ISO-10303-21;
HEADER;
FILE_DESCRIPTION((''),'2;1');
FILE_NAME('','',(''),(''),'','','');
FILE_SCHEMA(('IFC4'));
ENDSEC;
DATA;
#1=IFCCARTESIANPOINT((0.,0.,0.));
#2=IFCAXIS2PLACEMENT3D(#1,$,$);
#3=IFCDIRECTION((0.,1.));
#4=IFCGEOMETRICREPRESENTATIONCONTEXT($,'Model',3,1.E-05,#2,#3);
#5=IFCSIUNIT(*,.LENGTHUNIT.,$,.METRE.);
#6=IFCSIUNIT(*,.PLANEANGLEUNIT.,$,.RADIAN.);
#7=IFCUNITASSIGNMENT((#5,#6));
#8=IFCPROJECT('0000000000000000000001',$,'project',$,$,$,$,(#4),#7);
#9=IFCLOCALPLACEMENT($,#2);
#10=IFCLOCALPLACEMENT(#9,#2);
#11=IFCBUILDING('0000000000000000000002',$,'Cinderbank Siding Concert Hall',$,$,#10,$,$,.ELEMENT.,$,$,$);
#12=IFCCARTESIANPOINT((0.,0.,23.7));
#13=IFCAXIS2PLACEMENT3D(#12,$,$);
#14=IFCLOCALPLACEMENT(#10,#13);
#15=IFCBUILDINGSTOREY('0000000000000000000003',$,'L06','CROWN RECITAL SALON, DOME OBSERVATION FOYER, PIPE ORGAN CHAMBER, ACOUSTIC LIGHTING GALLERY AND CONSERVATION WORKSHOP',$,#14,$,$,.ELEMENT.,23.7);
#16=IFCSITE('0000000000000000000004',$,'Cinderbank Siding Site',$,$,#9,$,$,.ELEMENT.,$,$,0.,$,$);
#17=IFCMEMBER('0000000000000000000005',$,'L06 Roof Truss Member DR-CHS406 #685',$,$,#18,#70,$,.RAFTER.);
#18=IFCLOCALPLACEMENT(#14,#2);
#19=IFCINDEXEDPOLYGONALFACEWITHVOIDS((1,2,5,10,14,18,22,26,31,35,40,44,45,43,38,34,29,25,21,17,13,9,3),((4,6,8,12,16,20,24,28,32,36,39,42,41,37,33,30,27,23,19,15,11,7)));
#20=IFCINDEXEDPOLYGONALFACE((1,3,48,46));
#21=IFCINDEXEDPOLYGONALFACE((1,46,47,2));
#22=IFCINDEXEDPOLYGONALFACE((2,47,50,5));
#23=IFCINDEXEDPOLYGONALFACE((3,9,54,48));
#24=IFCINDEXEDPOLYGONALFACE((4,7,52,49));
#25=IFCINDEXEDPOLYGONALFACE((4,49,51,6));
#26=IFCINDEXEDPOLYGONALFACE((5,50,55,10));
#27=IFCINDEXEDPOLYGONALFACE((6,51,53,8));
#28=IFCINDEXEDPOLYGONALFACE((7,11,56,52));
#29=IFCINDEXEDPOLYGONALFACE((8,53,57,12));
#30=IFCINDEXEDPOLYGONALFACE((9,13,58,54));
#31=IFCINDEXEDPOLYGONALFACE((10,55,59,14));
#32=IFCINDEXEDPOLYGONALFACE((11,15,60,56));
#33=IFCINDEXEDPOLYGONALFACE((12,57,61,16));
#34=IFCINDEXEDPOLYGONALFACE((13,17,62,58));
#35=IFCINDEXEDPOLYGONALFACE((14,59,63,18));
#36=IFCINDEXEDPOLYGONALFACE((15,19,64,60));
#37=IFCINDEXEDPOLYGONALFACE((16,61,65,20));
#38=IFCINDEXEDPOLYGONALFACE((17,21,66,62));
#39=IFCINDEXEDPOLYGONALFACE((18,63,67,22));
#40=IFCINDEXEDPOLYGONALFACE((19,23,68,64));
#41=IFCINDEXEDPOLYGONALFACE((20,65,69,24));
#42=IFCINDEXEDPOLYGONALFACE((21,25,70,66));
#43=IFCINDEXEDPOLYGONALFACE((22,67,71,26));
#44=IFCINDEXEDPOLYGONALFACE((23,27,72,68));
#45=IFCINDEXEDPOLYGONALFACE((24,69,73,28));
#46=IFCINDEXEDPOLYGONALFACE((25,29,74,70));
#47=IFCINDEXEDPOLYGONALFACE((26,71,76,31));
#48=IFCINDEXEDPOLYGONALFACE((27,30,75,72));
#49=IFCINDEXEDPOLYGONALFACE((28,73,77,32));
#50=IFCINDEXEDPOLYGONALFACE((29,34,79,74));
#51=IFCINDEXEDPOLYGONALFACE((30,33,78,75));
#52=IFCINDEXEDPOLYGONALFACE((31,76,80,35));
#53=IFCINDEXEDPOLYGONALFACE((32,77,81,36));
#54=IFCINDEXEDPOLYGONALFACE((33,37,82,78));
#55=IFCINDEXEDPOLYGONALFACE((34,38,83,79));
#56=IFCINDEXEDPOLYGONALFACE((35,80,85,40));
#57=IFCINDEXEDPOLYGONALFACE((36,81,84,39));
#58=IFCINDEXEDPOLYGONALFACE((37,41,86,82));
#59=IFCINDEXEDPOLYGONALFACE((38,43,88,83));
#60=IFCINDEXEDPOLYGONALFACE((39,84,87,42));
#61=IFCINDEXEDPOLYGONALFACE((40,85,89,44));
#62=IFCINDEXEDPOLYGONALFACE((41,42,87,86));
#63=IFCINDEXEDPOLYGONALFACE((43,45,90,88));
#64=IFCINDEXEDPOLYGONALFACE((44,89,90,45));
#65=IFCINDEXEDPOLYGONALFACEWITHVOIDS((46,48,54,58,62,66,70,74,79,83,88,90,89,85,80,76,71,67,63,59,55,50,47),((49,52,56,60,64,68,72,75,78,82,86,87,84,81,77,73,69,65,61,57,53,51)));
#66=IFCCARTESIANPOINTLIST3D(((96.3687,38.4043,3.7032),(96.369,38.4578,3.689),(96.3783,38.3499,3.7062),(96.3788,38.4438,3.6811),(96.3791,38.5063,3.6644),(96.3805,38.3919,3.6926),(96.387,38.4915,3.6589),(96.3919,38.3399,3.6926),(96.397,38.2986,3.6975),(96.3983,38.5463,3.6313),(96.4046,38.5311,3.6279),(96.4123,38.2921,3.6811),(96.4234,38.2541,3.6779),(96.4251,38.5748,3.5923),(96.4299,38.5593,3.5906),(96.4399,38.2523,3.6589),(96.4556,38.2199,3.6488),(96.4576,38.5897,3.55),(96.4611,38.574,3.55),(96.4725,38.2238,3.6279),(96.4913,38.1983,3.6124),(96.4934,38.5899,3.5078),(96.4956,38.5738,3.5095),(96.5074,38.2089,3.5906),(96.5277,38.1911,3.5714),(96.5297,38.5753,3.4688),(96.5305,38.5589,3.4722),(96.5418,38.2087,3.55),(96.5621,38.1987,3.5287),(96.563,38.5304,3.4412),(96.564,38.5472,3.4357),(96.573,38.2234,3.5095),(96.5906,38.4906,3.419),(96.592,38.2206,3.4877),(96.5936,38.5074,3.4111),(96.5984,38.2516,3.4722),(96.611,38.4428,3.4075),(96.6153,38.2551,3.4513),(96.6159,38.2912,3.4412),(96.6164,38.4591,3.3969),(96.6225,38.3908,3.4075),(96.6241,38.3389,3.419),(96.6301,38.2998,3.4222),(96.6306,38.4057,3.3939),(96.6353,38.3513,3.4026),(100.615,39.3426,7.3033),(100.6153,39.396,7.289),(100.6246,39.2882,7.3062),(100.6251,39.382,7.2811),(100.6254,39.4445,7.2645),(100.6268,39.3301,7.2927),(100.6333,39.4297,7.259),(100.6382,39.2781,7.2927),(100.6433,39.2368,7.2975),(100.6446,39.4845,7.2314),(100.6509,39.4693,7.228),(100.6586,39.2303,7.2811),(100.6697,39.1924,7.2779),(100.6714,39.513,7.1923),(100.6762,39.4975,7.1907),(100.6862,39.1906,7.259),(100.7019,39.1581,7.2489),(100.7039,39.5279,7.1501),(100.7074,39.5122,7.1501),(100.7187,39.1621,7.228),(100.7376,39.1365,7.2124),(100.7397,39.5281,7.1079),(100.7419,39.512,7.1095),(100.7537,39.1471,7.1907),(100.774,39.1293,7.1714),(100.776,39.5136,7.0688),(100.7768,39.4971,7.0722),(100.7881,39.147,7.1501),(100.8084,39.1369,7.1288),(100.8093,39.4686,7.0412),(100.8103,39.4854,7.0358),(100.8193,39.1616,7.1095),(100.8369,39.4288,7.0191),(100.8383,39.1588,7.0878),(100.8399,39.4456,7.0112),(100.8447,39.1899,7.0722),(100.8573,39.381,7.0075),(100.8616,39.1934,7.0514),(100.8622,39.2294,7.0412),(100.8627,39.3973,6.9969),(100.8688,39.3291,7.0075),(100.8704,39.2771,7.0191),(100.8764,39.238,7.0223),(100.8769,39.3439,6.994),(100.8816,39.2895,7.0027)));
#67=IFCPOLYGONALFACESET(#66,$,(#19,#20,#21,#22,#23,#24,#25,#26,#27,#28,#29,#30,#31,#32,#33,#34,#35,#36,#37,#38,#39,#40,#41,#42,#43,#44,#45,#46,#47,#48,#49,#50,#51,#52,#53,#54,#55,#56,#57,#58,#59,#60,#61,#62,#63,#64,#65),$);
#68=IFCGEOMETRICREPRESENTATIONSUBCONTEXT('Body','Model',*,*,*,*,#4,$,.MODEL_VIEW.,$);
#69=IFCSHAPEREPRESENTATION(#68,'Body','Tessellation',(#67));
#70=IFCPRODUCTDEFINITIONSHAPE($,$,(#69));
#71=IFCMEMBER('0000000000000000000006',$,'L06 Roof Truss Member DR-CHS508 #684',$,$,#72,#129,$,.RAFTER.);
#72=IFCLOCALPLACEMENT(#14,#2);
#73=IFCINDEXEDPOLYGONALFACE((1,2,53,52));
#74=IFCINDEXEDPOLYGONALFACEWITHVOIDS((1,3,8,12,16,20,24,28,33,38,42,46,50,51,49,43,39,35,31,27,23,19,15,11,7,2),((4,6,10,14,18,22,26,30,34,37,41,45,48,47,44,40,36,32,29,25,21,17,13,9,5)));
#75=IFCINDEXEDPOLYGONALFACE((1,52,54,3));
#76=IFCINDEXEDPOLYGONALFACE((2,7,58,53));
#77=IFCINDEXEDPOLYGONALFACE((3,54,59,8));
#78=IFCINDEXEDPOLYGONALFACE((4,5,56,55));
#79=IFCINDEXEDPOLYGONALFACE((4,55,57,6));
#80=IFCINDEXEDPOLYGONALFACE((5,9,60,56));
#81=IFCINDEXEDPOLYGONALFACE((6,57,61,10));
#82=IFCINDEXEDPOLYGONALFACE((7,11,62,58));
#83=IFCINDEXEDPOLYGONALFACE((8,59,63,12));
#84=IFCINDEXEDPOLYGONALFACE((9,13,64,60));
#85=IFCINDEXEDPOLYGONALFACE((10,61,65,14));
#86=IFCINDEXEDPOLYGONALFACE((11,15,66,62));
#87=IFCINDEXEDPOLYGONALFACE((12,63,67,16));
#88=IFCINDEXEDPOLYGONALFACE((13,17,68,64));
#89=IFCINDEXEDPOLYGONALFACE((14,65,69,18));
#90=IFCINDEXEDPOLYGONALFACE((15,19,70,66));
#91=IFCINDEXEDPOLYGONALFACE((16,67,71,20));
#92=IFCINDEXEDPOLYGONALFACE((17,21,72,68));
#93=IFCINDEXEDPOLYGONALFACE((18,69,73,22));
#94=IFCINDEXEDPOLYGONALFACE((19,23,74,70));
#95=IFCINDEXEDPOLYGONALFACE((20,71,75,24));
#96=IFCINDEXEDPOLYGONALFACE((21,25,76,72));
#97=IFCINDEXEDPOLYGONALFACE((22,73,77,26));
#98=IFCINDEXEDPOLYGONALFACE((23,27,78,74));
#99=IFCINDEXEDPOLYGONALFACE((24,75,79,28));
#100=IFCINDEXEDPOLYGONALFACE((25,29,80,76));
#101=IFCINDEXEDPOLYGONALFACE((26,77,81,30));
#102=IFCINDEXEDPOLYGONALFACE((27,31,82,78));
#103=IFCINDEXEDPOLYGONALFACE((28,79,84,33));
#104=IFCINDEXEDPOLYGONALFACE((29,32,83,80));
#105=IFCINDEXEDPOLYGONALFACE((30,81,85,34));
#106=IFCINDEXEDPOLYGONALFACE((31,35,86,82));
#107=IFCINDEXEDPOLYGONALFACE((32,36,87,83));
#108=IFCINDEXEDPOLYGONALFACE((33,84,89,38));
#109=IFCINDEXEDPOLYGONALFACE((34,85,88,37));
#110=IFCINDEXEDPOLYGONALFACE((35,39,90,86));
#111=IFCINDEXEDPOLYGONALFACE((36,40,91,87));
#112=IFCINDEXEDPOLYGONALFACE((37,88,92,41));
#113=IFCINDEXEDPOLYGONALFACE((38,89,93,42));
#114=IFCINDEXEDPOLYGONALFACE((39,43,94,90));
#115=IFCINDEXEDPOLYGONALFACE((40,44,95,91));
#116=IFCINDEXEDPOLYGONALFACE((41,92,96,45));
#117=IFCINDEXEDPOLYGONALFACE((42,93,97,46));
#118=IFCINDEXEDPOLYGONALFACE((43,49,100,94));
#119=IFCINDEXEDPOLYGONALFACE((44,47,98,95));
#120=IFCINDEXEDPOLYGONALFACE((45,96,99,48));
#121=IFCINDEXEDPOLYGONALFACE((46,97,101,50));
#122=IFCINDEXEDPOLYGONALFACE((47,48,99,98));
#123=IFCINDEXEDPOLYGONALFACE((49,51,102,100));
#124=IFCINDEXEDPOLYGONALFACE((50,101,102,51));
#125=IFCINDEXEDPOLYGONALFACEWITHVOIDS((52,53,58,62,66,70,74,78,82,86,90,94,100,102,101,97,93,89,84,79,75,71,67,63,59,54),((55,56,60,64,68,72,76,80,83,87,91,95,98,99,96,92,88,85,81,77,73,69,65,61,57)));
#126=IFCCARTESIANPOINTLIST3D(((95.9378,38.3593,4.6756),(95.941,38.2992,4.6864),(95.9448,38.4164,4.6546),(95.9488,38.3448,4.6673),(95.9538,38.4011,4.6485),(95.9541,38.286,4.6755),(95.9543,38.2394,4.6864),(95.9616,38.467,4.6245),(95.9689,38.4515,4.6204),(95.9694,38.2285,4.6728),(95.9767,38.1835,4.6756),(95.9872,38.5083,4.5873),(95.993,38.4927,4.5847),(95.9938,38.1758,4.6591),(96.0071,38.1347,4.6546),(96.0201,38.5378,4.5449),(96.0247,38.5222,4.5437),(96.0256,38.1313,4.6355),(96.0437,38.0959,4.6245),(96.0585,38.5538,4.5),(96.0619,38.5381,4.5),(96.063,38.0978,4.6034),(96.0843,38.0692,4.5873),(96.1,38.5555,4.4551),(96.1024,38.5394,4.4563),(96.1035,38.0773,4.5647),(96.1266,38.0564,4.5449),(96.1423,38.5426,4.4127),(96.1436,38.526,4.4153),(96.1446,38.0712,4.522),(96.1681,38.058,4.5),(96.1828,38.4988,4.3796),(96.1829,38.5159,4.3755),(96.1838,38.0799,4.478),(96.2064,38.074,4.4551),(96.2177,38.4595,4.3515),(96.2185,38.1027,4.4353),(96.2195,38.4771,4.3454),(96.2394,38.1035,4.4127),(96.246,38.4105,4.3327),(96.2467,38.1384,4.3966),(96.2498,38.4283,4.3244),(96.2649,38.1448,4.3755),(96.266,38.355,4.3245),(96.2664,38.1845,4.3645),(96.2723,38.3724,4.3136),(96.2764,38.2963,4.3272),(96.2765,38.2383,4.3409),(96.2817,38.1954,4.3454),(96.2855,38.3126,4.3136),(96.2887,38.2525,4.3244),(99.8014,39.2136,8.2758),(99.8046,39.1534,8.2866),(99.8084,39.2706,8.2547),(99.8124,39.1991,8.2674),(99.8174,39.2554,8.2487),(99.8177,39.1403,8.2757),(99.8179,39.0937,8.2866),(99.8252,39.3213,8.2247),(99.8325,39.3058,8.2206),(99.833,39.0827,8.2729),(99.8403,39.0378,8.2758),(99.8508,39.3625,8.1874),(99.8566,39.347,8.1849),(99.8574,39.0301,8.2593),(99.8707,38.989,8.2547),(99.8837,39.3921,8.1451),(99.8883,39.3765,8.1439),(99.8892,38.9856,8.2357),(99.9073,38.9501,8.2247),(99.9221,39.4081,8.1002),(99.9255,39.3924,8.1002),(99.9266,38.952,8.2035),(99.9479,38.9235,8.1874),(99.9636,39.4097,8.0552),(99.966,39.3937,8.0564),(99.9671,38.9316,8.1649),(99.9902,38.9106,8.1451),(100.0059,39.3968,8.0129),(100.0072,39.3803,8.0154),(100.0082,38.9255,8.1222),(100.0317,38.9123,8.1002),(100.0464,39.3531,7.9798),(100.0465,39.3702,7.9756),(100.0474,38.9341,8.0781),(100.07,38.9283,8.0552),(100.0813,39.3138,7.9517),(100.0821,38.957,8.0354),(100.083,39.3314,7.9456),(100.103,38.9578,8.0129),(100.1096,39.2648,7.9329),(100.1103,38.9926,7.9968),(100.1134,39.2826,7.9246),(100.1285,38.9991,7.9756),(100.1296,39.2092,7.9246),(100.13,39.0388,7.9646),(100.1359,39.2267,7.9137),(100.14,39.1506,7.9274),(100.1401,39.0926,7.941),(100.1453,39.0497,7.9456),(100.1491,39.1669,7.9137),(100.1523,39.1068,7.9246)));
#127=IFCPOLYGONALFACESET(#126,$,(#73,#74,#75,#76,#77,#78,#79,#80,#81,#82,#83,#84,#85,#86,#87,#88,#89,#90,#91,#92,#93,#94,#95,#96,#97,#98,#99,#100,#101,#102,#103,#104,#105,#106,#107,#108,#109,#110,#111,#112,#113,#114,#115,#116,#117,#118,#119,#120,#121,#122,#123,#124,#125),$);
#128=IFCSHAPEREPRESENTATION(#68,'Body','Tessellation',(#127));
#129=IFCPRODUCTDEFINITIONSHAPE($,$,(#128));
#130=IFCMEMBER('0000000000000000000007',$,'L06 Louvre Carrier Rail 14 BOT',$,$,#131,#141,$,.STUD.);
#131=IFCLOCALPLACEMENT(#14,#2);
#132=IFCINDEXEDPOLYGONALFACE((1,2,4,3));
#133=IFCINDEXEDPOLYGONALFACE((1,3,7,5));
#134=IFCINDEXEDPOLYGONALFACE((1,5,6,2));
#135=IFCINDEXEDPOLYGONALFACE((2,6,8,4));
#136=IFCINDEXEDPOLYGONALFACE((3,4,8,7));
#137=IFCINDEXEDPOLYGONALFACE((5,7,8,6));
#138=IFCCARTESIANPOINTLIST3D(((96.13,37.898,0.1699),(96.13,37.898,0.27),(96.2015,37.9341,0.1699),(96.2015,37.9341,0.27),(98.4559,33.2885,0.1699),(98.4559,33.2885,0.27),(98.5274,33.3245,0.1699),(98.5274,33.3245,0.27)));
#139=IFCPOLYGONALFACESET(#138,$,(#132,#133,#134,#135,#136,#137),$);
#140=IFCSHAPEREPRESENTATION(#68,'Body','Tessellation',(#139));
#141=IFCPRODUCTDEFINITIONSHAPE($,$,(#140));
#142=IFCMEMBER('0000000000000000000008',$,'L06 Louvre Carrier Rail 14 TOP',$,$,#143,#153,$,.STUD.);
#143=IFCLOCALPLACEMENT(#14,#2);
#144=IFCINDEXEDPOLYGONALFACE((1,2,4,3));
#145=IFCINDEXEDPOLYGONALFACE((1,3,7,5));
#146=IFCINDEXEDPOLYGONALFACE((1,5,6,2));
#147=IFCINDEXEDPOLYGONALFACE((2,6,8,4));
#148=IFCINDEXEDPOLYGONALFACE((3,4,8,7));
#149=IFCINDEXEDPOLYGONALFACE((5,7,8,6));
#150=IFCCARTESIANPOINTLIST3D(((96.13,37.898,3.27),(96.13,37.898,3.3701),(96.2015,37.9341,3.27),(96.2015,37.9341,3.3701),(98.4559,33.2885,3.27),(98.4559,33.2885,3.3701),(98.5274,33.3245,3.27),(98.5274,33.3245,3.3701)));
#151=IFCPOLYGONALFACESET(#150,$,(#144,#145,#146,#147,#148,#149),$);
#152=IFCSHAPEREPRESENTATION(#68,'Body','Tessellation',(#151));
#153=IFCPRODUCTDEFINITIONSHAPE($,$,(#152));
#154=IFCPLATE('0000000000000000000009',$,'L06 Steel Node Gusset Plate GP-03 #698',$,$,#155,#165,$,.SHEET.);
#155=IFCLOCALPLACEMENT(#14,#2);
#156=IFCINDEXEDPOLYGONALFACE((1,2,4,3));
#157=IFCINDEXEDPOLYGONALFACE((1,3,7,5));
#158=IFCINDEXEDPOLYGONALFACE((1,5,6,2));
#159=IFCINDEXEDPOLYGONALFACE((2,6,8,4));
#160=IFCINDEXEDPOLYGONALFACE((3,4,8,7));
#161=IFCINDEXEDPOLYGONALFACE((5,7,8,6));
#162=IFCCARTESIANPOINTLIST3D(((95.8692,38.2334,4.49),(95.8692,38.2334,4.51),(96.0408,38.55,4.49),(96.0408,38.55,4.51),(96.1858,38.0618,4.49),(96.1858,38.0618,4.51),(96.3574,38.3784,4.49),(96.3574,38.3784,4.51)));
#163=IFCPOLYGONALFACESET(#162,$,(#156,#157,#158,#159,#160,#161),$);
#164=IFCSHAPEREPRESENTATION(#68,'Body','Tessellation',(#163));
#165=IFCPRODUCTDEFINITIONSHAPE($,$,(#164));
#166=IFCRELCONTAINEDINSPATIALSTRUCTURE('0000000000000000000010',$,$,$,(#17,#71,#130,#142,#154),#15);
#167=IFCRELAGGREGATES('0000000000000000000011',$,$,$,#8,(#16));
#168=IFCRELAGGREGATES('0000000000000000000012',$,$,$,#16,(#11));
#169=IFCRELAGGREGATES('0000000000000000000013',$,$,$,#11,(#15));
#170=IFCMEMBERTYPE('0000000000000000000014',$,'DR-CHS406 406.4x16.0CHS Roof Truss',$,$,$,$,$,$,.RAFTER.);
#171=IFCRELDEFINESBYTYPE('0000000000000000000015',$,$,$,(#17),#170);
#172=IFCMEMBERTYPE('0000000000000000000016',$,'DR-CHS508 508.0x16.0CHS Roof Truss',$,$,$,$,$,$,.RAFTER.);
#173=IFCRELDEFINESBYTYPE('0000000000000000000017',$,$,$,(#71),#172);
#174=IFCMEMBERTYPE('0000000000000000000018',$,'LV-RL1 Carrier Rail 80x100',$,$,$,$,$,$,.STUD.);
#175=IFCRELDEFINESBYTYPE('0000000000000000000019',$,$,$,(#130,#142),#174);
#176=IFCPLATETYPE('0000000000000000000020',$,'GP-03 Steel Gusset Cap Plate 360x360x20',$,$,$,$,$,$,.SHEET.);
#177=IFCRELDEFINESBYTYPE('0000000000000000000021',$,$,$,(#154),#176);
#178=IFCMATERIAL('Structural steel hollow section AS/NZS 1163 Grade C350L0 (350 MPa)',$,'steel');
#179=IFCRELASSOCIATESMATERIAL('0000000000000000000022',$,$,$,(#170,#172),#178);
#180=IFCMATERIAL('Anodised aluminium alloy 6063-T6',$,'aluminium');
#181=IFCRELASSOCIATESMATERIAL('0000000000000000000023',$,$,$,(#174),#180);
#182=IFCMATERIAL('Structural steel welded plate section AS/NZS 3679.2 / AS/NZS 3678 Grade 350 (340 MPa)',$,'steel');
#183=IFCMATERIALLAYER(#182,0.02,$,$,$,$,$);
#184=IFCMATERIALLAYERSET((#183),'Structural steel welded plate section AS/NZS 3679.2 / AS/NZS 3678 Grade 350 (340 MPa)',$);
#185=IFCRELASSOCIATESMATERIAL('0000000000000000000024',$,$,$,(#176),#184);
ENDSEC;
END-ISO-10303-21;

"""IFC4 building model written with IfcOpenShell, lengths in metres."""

from ifc_helpers import new_model, si_unit, direction, frame, origin, origin_2d, place, context, subcontext, project, spatial, rectangle, hollow_circle, extrude, material, layer, layer_set, material_profile, profile_set, type_object, element, save


model = new_model("IFC4")

# Units and contexts
model_context = context("Model", 3, precision=1e-05, world=origin(), true_north=direction((0.0, 1.0)))
body_context = subcontext(model_context, "Body", "Model", "MODEL_VIEW")
ifc_project = project(units=[si_unit("LENGTHUNIT", "METRE"), si_unit("PLANEANGLEUNIT", "RADIAN")], contexts=[model_context])

# Site, building, storey
site_placement = place(None, origin())
site = spatial("IfcSite", under=ifc_project, at=site_placement, Name="Cinderbank Siding Site", CompositionType="ELEMENT", RefElevation=0.0)
building_placement = place(site_placement, origin())
building = spatial("IfcBuilding", under=site, at=building_placement, Name="Cinderbank Siding Concert Hall", CompositionType="ELEMENT")
storey_placement = place(building_placement, frame((0.0, 0.0, 23.7)))
storey = spatial("IfcBuildingStorey", under=building, at=storey_placement, Name="L06", Description="CROWN RECITAL SALON, DOME OBSERVATION FOYER, PIPE ORGAN CHAMBER, ACOUSTIC LIGHTING GALLERY AND CONSERVATION WORKSHOP", CompositionType="ELEMENT", Elevation=23.7)

# Shared definitions
ifc_material_1 = material(Name="Structural steel welded plate section AS/NZS 3679.2 / AS/NZS 3678 Grade 350 (340 MPa)", Category="steel")

# Members
ifc_material_2 = material(Name="Structural steel hollow section AS/NZS 1163 Grade C350L0 (350 MPa)", Category="steel")
ifc_material_profile_1 = material_profile(ifc_material_2, hollow_circle(Radius=0.2031, WallThickness=0.0161, at=origin_2d()), Name="406.4x16.0CHS", Category="LoadBearing")
ifc_profile_set_1 = profile_set([ifc_material_profile_1], Name="Structural steel hollow section AS/NZS 1163 Grade C350L0 (350 MPa)")
member_type_1 = type_object("IfcMemberType", Name="DR-CHS406 406.4x16.0CHS Roof Truss", PredefinedType="RAFTER", material=ifc_profile_set_1)
member_1_placement = place(storey_placement, frame((96.5015, 38.3914, 3.55), z_axis=(0.752155, 0.166189, 0.637686), x_axis=(-0.215747, 0.976449, 0.0)))
element("IfcMember", 1, at=member_1_placement, inside=storey, type_object=member_type_1, Name="L06 Roof Truss Member DR-CHS406 #685", PredefinedType="RAFTER", context=body_context, shape_type="SweptSolid", body=[
    extrude(hollow_circle(Radius=0.2031, WallThickness=0.0161, at=origin_2d()), origin(), (0.0, 0.0, 1.0), 5.6455),
])
ifc_material_profile_2 = material_profile(ifc_material_2, hollow_circle(Radius=0.2539, WallThickness=0.0161, at=origin_2d()), Name="508.0x16.0CHS", Category="LoadBearing")
ifc_profile_set_2 = profile_set([ifc_material_profile_2], Name="Structural steel hollow section AS/NZS 1163 Grade C350L0 (350 MPa)")
member_type_2 = type_object("IfcMemberType", Name="DR-CHS508 508.0x16.0CHS Roof Truss", PredefinedType="RAFTER", material=ifc_profile_set_2)
member_2_placement = place(storey_placement, frame((96.1133, 38.3059, 4.5), z_axis=(0.72222, 0.159687, 0.672977), x_axis=(-0.215892, 0.976417, 0.0)))
element("IfcMember", 2, at=member_2_placement, inside=storey, type_object=member_type_2, Name="L06 Roof Truss Member DR-CHS508 #684", PredefinedType="RAFTER", context=body_context, shape_type="SweptSolid", body=[
    extrude(hollow_circle(Radius=0.2539, WallThickness=0.0161, at=origin_2d()), origin(), (0.0, 0.0, 1.0), 5.3496),
])
ifc_material_3 = material(Name="Anodised aluminium alloy 6063-T6", Category="aluminium")
ifc_material_profile_3 = material_profile(ifc_material_3, rectangle(XDim=0.0801, YDim=0.1001, at=origin_2d()), Name="ALU-RAIL-80x100", Category="LoadBearing")
ifc_profile_set_3 = profile_set([ifc_material_profile_3], Name="Anodised aluminium alloy 6063-T6")
member_type_3 = type_object("IfcMemberType", Name="LV-RL1 Carrier Rail 80x100", PredefinedType="STUD", material=ifc_profile_set_3)
for number, where, z_axis, x_axis, name in (
    (3, (96.1658, 37.916, 0.22), (0.450483, -0.892785, 0.0), (0.892785, 0.450483, 0.0), "L06 Louvre Carrier Rail 14 BOT"),
    (4, (96.1658, 37.916, 3.3201), (0.450483, -0.892785, 0.0), (0.892785, 0.450483, 0.0), "L06 Louvre Carrier Rail 14 TOP"),
):
    element("IfcMember", number, at=place(storey_placement, frame(where, z_axis=z_axis, x_axis=x_axis)), inside=storey, type_object=member_type_3, Name=name, PredefinedType="STUD", context=body_context, shape_type="SweptSolid", body=[
        extrude(rectangle(XDim=0.0801, YDim=0.1001, at=origin_2d()), origin(), (0.0, 0.0, 1.0), 5.1631),
    ])

# Plate
ifc_layer_1 = layer(ifc_material_1, 0.02)
ifc_layer_set_1 = layer_set([ifc_layer_1], Name="Structural steel welded plate section AS/NZS 3679.2 / AS/NZS 3678 Grade 350 (340 MPa)")
plate_type = type_object("IfcPlateType", Name="GP-03 Steel Gusset Cap Plate 360x360x20", PredefinedType="SHEET", material=ifc_layer_set_1)
plate_placement = place(storey_placement, frame((96.1133, 38.3059, 4.49), z_axis=(0.0, 0.0, 1.0), x_axis=(0.476545, 0.87915, 0.0)))
element("IfcPlate", 5, at=plate_placement, inside=storey, type_object=plate_type, Name="L06 Steel Node Gusset Plate GP-03 #698", PredefinedType="SHEET", context=body_context, shape_type="SweptSolid", body=[
    extrude(rectangle(XDim=0.3601, YDim=0.3601, at=origin_2d()), origin(), (0.0, 0.0, 1.0), 0.02),
])

save(model, "model.ifc")
